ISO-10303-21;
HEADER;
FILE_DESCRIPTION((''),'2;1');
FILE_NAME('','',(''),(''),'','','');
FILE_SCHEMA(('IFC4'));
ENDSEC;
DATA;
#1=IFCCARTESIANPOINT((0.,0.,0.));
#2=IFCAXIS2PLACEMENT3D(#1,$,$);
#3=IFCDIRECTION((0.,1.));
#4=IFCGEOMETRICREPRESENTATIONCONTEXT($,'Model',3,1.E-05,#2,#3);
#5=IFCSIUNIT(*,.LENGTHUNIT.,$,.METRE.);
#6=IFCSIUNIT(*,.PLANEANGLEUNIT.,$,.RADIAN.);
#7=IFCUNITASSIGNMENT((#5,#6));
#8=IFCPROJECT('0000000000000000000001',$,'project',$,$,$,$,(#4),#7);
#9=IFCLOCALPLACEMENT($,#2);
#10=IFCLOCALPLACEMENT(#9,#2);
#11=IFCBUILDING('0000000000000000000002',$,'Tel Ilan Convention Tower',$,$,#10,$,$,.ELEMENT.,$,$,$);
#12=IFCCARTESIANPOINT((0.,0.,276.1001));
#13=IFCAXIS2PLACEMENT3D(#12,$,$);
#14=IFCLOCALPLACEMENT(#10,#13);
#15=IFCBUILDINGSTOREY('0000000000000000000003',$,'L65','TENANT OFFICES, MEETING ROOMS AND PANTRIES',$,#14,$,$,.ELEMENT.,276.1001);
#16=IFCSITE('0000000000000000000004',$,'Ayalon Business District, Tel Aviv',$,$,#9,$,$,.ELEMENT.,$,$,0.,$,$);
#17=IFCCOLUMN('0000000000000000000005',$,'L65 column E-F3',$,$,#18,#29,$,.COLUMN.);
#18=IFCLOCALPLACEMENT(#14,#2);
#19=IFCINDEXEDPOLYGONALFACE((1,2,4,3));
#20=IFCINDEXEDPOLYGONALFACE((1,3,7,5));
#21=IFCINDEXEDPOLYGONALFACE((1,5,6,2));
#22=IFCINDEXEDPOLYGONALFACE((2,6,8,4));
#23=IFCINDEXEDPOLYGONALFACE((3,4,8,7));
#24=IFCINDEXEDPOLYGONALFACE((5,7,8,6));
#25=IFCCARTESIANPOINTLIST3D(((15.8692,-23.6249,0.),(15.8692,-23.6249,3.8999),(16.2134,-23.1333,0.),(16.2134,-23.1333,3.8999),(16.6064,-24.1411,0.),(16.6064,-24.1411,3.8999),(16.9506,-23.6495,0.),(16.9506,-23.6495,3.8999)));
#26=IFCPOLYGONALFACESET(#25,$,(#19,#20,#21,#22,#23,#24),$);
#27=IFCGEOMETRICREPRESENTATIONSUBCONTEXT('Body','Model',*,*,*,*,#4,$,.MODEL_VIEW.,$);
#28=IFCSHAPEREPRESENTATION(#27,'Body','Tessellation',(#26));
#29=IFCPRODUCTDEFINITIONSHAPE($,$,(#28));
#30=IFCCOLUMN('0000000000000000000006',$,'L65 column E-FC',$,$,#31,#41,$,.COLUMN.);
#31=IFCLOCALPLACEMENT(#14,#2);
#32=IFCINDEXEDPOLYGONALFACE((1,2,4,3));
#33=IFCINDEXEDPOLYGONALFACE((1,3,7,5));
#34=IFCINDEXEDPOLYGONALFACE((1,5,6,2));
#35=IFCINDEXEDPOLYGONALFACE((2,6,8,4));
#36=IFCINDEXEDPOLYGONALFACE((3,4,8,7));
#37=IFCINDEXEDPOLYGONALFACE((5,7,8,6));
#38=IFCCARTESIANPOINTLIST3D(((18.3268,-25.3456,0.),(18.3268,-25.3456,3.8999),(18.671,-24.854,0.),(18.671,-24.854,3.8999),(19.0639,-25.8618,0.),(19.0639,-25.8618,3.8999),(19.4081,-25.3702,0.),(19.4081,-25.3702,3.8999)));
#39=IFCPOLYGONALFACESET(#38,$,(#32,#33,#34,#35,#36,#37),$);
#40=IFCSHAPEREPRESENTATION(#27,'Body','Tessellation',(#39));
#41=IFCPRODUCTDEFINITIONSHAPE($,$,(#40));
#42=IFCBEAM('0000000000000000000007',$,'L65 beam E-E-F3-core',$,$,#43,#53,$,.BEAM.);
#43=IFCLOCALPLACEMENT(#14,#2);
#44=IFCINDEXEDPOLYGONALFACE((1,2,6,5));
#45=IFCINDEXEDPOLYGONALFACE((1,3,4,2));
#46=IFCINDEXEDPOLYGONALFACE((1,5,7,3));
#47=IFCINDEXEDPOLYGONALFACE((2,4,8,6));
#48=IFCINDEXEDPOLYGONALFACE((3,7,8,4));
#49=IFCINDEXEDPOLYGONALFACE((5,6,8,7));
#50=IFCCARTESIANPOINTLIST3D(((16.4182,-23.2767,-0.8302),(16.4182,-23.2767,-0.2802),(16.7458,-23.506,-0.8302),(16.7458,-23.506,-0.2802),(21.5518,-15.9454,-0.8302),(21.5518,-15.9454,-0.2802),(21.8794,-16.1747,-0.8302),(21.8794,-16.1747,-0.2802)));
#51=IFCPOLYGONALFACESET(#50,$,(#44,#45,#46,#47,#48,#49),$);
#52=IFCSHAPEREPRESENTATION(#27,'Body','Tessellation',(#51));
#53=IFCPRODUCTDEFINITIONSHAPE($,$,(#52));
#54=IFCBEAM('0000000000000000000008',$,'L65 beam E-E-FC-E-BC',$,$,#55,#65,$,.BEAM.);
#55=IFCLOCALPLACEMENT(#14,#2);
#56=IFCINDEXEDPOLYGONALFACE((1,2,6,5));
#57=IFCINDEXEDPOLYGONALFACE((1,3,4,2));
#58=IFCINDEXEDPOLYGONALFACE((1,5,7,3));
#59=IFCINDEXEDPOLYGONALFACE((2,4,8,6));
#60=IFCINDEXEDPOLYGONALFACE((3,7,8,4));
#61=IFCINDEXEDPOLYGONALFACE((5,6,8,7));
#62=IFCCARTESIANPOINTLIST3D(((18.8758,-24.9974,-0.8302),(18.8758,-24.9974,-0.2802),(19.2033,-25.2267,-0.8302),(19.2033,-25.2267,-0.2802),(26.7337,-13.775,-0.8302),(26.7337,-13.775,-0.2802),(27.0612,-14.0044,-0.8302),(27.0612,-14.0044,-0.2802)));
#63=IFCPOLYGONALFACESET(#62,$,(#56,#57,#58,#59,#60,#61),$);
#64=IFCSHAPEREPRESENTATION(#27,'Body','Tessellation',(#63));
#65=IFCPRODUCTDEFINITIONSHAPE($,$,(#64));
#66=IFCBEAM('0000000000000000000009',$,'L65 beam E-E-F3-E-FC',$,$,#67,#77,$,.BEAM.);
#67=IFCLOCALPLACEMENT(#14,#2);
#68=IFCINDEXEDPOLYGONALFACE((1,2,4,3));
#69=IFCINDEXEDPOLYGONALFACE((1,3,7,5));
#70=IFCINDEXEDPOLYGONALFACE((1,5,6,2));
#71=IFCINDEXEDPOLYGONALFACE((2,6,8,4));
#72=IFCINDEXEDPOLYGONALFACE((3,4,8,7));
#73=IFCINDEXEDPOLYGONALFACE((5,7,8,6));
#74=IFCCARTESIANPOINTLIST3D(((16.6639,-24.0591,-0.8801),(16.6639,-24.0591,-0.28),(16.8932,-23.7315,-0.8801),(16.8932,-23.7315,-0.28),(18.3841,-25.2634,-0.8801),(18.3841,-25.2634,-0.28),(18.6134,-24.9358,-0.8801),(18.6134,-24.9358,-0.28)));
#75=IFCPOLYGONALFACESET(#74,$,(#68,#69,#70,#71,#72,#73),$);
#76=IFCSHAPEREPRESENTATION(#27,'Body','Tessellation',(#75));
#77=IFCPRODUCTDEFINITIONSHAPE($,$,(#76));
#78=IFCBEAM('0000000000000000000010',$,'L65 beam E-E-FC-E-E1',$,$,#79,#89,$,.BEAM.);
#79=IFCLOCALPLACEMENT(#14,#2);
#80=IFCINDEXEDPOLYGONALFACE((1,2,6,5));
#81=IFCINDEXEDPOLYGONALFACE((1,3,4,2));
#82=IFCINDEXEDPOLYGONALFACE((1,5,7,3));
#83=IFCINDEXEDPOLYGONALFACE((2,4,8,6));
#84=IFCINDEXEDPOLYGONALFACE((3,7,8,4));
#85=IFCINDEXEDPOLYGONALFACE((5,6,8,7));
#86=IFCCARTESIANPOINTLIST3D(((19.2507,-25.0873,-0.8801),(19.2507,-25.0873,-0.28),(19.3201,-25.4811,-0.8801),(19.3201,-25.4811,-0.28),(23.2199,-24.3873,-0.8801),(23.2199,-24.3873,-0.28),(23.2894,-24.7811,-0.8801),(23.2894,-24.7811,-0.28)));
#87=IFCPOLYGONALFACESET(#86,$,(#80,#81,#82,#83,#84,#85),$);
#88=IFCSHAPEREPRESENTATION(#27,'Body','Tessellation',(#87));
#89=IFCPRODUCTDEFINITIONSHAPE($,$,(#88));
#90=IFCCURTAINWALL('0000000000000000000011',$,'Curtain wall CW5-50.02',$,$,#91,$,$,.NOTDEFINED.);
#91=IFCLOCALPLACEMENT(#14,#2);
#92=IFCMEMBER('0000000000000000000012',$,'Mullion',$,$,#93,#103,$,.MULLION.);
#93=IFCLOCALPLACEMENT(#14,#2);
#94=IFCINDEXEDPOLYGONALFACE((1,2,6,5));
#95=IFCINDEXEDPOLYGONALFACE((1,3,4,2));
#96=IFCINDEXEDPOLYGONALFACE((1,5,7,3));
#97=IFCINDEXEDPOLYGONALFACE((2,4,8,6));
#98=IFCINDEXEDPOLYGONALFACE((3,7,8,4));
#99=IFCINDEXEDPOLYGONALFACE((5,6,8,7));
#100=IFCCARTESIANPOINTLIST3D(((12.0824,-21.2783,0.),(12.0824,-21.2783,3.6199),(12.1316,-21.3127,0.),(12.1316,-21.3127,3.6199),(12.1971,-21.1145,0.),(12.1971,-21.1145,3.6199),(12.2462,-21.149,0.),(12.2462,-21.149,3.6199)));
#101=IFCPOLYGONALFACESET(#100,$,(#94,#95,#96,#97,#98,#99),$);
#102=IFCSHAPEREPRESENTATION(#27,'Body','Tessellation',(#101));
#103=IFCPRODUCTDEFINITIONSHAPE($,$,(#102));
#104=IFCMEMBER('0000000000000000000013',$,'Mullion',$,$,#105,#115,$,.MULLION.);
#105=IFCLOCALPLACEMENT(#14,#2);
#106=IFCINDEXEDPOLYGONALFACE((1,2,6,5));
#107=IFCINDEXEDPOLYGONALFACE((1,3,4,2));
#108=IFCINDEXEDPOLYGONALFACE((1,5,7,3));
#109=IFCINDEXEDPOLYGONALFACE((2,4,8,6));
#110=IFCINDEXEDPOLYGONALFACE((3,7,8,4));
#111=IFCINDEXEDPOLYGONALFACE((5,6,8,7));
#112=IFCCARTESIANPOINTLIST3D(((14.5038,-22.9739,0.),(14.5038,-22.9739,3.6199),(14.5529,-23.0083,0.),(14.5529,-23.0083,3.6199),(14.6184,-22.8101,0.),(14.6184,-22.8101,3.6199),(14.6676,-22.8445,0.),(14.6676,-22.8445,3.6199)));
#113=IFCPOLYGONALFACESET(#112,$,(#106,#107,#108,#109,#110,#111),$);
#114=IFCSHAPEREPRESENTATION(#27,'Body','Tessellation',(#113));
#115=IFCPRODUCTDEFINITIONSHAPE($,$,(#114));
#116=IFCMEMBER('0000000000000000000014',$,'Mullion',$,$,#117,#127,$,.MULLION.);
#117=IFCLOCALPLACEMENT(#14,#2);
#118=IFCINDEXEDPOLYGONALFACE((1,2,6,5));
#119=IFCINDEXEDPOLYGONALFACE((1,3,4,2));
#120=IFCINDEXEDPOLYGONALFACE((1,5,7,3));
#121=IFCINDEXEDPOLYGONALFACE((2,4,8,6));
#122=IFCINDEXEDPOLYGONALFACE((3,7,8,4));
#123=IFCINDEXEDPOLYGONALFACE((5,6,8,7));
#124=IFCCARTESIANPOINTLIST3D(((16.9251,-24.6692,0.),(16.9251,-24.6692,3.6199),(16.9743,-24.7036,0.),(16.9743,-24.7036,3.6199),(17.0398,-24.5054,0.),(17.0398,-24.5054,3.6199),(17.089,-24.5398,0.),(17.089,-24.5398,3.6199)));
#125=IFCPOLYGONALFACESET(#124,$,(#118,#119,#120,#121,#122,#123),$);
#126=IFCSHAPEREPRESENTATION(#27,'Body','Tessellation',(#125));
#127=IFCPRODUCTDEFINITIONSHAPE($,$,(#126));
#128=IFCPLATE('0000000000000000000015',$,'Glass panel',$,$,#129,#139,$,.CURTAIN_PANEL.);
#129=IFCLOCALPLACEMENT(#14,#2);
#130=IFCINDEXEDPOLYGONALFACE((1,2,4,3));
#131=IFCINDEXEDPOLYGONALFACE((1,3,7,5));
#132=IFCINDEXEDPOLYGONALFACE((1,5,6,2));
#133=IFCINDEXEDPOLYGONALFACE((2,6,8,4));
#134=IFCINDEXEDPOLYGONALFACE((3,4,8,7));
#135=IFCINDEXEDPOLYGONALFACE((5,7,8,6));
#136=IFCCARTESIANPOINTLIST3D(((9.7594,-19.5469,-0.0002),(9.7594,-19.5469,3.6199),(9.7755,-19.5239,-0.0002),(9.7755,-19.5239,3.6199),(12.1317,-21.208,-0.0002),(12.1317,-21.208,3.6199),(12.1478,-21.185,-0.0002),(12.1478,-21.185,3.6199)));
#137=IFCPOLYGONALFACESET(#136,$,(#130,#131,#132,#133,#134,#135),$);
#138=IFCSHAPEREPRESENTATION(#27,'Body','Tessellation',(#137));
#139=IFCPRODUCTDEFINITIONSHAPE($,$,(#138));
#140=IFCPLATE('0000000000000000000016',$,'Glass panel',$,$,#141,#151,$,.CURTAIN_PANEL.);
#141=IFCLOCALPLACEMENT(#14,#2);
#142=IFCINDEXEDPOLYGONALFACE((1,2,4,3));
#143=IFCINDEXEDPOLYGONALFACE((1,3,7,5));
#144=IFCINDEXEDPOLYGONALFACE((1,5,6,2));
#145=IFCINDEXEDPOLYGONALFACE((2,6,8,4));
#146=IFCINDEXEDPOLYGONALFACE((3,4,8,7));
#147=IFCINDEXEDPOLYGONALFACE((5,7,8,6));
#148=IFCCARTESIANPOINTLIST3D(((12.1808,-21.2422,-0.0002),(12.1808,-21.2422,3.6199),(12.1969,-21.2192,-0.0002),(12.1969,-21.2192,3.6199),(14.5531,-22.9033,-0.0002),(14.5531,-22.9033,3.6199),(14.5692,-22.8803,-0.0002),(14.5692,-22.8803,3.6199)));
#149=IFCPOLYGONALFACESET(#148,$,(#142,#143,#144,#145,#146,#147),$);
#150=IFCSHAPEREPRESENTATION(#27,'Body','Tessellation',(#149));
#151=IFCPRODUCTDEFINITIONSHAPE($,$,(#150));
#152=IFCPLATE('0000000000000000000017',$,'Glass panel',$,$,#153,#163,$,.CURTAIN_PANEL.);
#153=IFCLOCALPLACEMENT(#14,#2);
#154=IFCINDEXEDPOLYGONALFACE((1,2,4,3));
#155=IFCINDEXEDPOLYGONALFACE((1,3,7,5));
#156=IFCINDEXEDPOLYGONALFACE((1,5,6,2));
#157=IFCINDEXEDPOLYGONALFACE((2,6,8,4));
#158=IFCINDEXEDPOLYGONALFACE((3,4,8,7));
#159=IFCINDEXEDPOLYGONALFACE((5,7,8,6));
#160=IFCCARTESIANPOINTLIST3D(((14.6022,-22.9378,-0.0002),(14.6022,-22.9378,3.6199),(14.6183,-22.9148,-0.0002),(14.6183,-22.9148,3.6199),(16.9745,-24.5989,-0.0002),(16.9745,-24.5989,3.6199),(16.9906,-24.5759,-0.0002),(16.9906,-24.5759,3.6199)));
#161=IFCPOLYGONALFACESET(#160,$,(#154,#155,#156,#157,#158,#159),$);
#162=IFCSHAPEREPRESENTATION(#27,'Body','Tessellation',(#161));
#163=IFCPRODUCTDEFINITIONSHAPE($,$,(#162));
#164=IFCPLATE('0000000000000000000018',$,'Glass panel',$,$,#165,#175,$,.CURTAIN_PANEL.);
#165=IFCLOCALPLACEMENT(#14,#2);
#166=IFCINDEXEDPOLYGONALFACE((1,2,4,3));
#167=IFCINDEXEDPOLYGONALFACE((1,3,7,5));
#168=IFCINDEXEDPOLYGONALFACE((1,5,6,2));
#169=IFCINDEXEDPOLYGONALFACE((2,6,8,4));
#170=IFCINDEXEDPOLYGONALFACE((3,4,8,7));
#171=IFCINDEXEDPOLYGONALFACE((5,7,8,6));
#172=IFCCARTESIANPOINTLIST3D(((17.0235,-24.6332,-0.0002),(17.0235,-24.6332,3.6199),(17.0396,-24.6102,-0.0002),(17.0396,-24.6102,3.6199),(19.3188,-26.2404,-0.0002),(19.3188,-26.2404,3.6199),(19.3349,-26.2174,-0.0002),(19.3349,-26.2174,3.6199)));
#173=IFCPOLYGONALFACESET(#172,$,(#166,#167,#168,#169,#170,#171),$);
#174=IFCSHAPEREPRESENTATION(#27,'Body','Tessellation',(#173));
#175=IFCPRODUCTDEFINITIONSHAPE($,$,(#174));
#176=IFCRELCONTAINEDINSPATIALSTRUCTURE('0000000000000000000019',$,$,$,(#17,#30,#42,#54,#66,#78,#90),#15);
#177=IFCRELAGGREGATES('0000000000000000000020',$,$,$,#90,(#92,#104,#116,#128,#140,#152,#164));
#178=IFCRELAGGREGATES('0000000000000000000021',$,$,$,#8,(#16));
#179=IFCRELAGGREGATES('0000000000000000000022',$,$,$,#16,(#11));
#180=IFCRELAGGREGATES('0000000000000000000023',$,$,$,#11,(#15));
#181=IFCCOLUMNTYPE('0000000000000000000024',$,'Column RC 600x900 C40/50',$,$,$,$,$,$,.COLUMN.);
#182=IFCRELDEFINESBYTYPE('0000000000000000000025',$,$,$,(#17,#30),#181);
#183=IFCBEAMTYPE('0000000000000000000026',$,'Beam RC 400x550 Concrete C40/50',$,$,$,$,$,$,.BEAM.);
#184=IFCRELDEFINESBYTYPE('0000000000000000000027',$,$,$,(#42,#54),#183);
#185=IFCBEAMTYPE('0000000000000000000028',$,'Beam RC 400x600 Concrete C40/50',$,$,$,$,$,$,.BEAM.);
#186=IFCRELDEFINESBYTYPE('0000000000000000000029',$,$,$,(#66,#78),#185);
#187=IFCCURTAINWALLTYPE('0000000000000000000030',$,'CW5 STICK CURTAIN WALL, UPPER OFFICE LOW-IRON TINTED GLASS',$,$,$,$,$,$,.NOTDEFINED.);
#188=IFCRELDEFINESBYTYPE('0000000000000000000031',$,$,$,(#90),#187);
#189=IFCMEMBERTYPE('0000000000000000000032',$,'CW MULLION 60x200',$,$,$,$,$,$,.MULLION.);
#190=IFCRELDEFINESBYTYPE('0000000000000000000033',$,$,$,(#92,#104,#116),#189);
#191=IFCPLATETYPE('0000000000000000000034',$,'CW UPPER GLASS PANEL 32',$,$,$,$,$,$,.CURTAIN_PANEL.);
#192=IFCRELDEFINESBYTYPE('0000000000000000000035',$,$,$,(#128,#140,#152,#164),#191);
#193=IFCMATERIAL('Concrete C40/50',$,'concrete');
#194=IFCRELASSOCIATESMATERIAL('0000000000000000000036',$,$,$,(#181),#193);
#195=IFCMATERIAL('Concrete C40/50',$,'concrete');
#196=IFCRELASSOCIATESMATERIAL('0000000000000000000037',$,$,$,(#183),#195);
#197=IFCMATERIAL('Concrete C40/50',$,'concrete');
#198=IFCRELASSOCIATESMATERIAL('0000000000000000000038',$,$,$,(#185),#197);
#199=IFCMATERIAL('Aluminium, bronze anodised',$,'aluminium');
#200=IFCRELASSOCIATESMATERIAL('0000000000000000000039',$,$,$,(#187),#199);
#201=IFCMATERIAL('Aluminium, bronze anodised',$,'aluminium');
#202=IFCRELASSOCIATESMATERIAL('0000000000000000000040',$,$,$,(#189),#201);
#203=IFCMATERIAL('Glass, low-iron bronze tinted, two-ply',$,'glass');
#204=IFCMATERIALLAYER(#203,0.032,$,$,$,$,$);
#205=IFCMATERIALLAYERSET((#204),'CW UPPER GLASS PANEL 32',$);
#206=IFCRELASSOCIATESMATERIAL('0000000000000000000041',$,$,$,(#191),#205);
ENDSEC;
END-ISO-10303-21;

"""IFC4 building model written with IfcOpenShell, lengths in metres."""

from ifc_helpers import new_model, si_unit, direction, frame, origin, origin_2d, place, context, subcontext, project, spatial, rectangle, extrude, material, layer, layer_set, material_profile, profile_set, type_object, element, aggregate, save


model = new_model("IFC4")

# Units and contexts
model_context = context("Model", 3, precision=1e-05, world=origin(), true_north=direction((0.0, 1.0)))
body_context = subcontext(model_context, "Body", "Model", "MODEL_VIEW")
ifc_project = project(units=[si_unit("LENGTHUNIT", "METRE"), si_unit("PLANEANGLEUNIT", "RADIAN")], contexts=[model_context])

# Site, building, storey
site_placement = place(None, origin())
site = spatial("IfcSite", under=ifc_project, at=site_placement, Name="Ayalon Business District, Tel Aviv", CompositionType="ELEMENT", RefElevation=0.0)
building_placement = place(site_placement, origin())
building = spatial("IfcBuilding", under=site, at=building_placement, Name="Tel Ilan Convention Tower", CompositionType="ELEMENT")
storey_placement = place(building_placement, frame((0.0, 0.0, 276.1001)))
storey = spatial("IfcBuildingStorey", under=building, at=storey_placement, Name="L65", Description="TENANT OFFICES, MEETING ROOMS AND PANTRIES", CompositionType="ELEMENT", Elevation=276.1001)

# Columns
ifc_material_1 = material(Name="Concrete C40/50", Category="concrete")
ifc_material_profile_1 = material_profile(ifc_material_1, rectangle(XDim=0.8999, YDim=0.6001, at=origin_2d()), Name="RC 600x900")
ifc_profile_set_1 = profile_set([ifc_material_profile_1], Name="Concrete C40/50")
column_type = type_object("IfcColumnType", Name="Column RC 600x900 C40/50", PredefinedType="COLUMN", material=ifc_profile_set_1)
for number, where, z_axis, x_axis, name in (
    (1, (16.4099, -23.6372, 0.0), (0.0, 0.0, 1.0), (0.819152, -0.573576, 0.0), "L65 column E-F3"),
    (2, (18.8674, -25.3579, 0.0), (0.0, 0.0, 1.0), (0.819152, -0.573576, 0.0), "L65 column E-FC"),
):
    element("IfcColumn", number, at=place(storey_placement, frame(where, z_axis=z_axis, x_axis=x_axis)), inside=storey, type_object=column_type, Name=name, PredefinedType="COLUMN", context=body_context, shape_type="SweptSolid", body=[
        extrude(rectangle(XDim=0.8999, YDim=0.6001, at=origin_2d()), origin(), (0.0, 0.0, 1.0), 3.8999),
    ])

# Beams
ifc_material_2 = material(Name="Concrete C40/50", Category="concrete")
ifc_material_profile_2 = material_profile(ifc_material_2, rectangle(XDim=0.3999, YDim=0.55, at=origin_2d()), Name="RC 400x550")
ifc_profile_set_2 = profile_set([ifc_material_profile_2], Name="Concrete C40/50")
beam_type_1 = type_object("IfcBeamType", Name="Beam RC 400x550 Concrete C40/50", PredefinedType="BEAM", material=ifc_profile_set_2)
beam_1_placement = place(storey_placement, frame((16.582, -23.3914, -0.5552), z_axis=(0.573585, 0.819146, 0.0), x_axis=(-0.819146, 0.573585, 0.0)))
element("IfcBeam", 3, at=beam_1_placement, inside=storey, type_object=beam_type_1, Name="L65 beam E-E-F3-core", PredefinedType="BEAM", context=body_context, shape_type="SweptSolid", body=[
    extrude(rectangle(XDim=0.3999, YDim=0.55, at=origin_2d()), origin(), (0.0, 0.0, 1.0), 8.95),
])
beam_2_placement = place(storey_placement, frame((19.0396, -25.1121, -0.5552), z_axis=(0.573571, 0.819156, 0.0), x_axis=(-0.819156, 0.573571, 0.0)))
element("IfcBeam", 4, at=beam_2_placement, inside=storey, type_object=beam_type_1, Name="L65 beam E-E-FC-E-BC", PredefinedType="BEAM", context=body_context, shape_type="SweptSolid", body=[
    extrude(rectangle(XDim=0.3999, YDim=0.55, at=origin_2d()), origin(), (0.0, 0.0, 1.0), 13.7),
])
ifc_material_3 = material(Name="Concrete C40/50", Category="concrete")
ifc_material_profile_3 = material_profile(ifc_material_3, rectangle(XDim=0.3999, YDim=0.6001, at=origin_2d()), Name="RC 400x600")
ifc_profile_set_3 = profile_set([ifc_material_profile_3], Name="Concrete C40/50")
beam_type_2 = type_object("IfcBeamType", Name="Beam RC 400x600 Concrete C40/50", PredefinedType="BEAM", material=ifc_profile_set_3)
beam_3_placement = place(storey_placement, frame((16.7786, -23.8953, -0.5801), z_axis=(0.819188, -0.573525, 0.0), x_axis=(0.573525, 0.819188, 0.0)))
element("IfcBeam", 5, at=beam_3_placement, inside=storey, type_object=beam_type_2, Name="L65 beam E-E-F3-E-FC", PredefinedType="BEAM", context=body_context, shape_type="SweptSolid", body=[
    extrude(rectangle(XDim=0.3999, YDim=0.6001, at=origin_2d()), origin(), (0.0, 0.0, 1.0), 2.0999),
])
beam_4_placement = place(storey_placement, frame((19.2854, -25.2842, -0.5801), z_axis=(0.984805, 0.173664, 0.0), x_axis=(-0.173664, 0.984805, 0.0)))
element("IfcBeam", 6, at=beam_4_placement, inside=storey, type_object=beam_type_2, Name="L65 beam E-E-FC-E-E1", PredefinedType="BEAM", context=body_context, shape_type="SweptSolid", body=[
    extrude(rectangle(XDim=0.3999, YDim=0.6001, at=origin_2d()), origin(), (0.0, 0.0, 1.0), 4.0305),
])

# Curtain wall, members, plates
ifc_material_4 = material(Name="Aluminium, bronze anodised", Category="aluminium")
curtain_wall_type = type_object("IfcCurtainWallType", Name="CW5 STICK CURTAIN WALL, UPPER OFFICE LOW-IRON TINTED GLASS", PredefinedType="NOTDEFINED", material=ifc_material_4)
curtain_wall_placement = place(storey_placement, origin())
curtain_wall = element("IfcCurtainWall", 7, at=curtain_wall_placement, inside=storey, type_object=curtain_wall_type, Name="Curtain wall CW5-50.02", PredefinedType="NOTDEFINED")
ifc_material_5 = material(Name="Aluminium, bronze anodised", Category="aluminium")
ifc_material_profile_4 = material_profile(ifc_material_5, rectangle(XDim=0.0601, YDim=0.2, at=origin_2d()), Name="CW MULLION 60x200")
ifc_profile_set_4 = profile_set([ifc_material_profile_4], Name="Aluminium, bronze anodised")
member_type = type_object("IfcMemberType", Name="CW MULLION 60x200", PredefinedType="MULLION", material=ifc_profile_set_4)
member_1_placement = place(storey_placement, frame((12.1643, -21.2136, 0.0), z_axis=(0.0, 0.0, 1.0), x_axis=(0.819152, -0.573576, 0.0)))
member_1 = element("IfcMember", 8, at=member_1_placement, type_object=member_type, Name="Mullion", PredefinedType="MULLION", context=body_context, shape_type="SweptSolid", body=[
    extrude(rectangle(XDim=0.0601, YDim=0.2, at=origin_2d()), origin(), (0.0, 0.0, 1.0), 3.6199),
])
member_2_placement = place(storey_placement, frame((14.5857, -22.9092, 0.0), z_axis=(0.0, 0.0, 1.0), x_axis=(0.819152, -0.573576, 0.0)))
member_2 = element("IfcMember", 9, at=member_2_placement, type_object=member_type, Name="Mullion", PredefinedType="MULLION", context=body_context, shape_type="SweptSolid", body=[
    extrude(rectangle(XDim=0.0601, YDim=0.2, at=origin_2d()), origin(), (0.0, 0.0, 1.0), 3.6199),
])
member_3_placement = place(storey_placement, frame((17.0071, -24.6045, 0.0), z_axis=(0.0, 0.0, 1.0), x_axis=(0.819152, -0.573576, 0.0)))
member_3 = element("IfcMember", 10, at=member_3_placement, type_object=member_type, Name="Mullion", PredefinedType="MULLION", context=body_context, shape_type="SweptSolid", body=[
    extrude(rectangle(XDim=0.0601, YDim=0.2, at=origin_2d()), origin(), (0.0, 0.0, 1.0), 3.6199),
])
ifc_material_6 = material(Name="Glass, low-iron bronze tinted, two-ply", Category="glass")
ifc_layer_1 = layer(ifc_material_6, 0.032)
ifc_layer_set_1 = layer_set([ifc_layer_1], Name="CW UPPER GLASS PANEL 32")
plate_type = type_object("IfcPlateType", Name="CW UPPER GLASS PANEL 32", PredefinedType="CURTAIN_PANEL", material=ifc_layer_set_1)
plate_1_placement = place(storey_placement, frame((10.9536, -20.366, -0.0002), z_axis=(0.0, 0.0, 1.0), x_axis=(0.819152, -0.573576, 0.0)))
plate_1 = element("IfcPlate", 11, at=plate_1_placement, type_object=plate_type, Name="Glass panel", PredefinedType="CURTAIN_PANEL", context=body_context, shape_type="SweptSolid", body=[
    extrude(rectangle(XDim=2.896, YDim=0.0281, at=origin_2d()), origin(), (0.0, 0.0, 1.0), 3.6201),
])
plate_2_placement = place(storey_placement, frame((13.375, -22.0613, -0.0002), z_axis=(0.0, 0.0, 1.0), x_axis=(0.819152, -0.573576, 0.0)))
plate_2 = element("IfcPlate", 12, at=plate_2_placement, type_object=plate_type, Name="Glass panel", PredefinedType="CURTAIN_PANEL", context=body_context, shape_type="SweptSolid", body=[
    extrude(rectangle(XDim=2.896, YDim=0.0281, at=origin_2d()), origin(), (0.0, 0.0, 1.0), 3.6201),
])
plate_3_placement = place(storey_placement, frame((15.7964, -23.7568, -0.0002), z_axis=(0.0, 0.0, 1.0), x_axis=(0.819152, -0.573576, 0.0)))
plate_3 = element("IfcPlate", 13, at=plate_3_placement, type_object=plate_type, Name="Glass panel", PredefinedType="CURTAIN_PANEL", context=body_context, shape_type="SweptSolid", body=[
    extrude(rectangle(XDim=2.896, YDim=0.0281, at=origin_2d()), origin(), (0.0, 0.0, 1.0), 3.6201),
])
plate_4_placement = place(storey_placement, frame((18.1792, -25.4253, -0.0002), z_axis=(0.0, 0.0, 1.0), x_axis=(0.819152, -0.573576, 0.0)))
plate_4 = element("IfcPlate", 14, at=plate_4_placement, type_object=plate_type, Name="Glass panel", PredefinedType="CURTAIN_PANEL", context=body_context, shape_type="SweptSolid", body=[
    extrude(rectangle(XDim=2.802, YDim=0.0281, at=origin_2d()), origin(), (0.0, 0.0, 1.0), 3.6201),
])
aggregate(curtain_wall, [member_1, member_2, member_3, plate_1, plate_2, plate_3, plate_4])

save(model, "model.ifc")
